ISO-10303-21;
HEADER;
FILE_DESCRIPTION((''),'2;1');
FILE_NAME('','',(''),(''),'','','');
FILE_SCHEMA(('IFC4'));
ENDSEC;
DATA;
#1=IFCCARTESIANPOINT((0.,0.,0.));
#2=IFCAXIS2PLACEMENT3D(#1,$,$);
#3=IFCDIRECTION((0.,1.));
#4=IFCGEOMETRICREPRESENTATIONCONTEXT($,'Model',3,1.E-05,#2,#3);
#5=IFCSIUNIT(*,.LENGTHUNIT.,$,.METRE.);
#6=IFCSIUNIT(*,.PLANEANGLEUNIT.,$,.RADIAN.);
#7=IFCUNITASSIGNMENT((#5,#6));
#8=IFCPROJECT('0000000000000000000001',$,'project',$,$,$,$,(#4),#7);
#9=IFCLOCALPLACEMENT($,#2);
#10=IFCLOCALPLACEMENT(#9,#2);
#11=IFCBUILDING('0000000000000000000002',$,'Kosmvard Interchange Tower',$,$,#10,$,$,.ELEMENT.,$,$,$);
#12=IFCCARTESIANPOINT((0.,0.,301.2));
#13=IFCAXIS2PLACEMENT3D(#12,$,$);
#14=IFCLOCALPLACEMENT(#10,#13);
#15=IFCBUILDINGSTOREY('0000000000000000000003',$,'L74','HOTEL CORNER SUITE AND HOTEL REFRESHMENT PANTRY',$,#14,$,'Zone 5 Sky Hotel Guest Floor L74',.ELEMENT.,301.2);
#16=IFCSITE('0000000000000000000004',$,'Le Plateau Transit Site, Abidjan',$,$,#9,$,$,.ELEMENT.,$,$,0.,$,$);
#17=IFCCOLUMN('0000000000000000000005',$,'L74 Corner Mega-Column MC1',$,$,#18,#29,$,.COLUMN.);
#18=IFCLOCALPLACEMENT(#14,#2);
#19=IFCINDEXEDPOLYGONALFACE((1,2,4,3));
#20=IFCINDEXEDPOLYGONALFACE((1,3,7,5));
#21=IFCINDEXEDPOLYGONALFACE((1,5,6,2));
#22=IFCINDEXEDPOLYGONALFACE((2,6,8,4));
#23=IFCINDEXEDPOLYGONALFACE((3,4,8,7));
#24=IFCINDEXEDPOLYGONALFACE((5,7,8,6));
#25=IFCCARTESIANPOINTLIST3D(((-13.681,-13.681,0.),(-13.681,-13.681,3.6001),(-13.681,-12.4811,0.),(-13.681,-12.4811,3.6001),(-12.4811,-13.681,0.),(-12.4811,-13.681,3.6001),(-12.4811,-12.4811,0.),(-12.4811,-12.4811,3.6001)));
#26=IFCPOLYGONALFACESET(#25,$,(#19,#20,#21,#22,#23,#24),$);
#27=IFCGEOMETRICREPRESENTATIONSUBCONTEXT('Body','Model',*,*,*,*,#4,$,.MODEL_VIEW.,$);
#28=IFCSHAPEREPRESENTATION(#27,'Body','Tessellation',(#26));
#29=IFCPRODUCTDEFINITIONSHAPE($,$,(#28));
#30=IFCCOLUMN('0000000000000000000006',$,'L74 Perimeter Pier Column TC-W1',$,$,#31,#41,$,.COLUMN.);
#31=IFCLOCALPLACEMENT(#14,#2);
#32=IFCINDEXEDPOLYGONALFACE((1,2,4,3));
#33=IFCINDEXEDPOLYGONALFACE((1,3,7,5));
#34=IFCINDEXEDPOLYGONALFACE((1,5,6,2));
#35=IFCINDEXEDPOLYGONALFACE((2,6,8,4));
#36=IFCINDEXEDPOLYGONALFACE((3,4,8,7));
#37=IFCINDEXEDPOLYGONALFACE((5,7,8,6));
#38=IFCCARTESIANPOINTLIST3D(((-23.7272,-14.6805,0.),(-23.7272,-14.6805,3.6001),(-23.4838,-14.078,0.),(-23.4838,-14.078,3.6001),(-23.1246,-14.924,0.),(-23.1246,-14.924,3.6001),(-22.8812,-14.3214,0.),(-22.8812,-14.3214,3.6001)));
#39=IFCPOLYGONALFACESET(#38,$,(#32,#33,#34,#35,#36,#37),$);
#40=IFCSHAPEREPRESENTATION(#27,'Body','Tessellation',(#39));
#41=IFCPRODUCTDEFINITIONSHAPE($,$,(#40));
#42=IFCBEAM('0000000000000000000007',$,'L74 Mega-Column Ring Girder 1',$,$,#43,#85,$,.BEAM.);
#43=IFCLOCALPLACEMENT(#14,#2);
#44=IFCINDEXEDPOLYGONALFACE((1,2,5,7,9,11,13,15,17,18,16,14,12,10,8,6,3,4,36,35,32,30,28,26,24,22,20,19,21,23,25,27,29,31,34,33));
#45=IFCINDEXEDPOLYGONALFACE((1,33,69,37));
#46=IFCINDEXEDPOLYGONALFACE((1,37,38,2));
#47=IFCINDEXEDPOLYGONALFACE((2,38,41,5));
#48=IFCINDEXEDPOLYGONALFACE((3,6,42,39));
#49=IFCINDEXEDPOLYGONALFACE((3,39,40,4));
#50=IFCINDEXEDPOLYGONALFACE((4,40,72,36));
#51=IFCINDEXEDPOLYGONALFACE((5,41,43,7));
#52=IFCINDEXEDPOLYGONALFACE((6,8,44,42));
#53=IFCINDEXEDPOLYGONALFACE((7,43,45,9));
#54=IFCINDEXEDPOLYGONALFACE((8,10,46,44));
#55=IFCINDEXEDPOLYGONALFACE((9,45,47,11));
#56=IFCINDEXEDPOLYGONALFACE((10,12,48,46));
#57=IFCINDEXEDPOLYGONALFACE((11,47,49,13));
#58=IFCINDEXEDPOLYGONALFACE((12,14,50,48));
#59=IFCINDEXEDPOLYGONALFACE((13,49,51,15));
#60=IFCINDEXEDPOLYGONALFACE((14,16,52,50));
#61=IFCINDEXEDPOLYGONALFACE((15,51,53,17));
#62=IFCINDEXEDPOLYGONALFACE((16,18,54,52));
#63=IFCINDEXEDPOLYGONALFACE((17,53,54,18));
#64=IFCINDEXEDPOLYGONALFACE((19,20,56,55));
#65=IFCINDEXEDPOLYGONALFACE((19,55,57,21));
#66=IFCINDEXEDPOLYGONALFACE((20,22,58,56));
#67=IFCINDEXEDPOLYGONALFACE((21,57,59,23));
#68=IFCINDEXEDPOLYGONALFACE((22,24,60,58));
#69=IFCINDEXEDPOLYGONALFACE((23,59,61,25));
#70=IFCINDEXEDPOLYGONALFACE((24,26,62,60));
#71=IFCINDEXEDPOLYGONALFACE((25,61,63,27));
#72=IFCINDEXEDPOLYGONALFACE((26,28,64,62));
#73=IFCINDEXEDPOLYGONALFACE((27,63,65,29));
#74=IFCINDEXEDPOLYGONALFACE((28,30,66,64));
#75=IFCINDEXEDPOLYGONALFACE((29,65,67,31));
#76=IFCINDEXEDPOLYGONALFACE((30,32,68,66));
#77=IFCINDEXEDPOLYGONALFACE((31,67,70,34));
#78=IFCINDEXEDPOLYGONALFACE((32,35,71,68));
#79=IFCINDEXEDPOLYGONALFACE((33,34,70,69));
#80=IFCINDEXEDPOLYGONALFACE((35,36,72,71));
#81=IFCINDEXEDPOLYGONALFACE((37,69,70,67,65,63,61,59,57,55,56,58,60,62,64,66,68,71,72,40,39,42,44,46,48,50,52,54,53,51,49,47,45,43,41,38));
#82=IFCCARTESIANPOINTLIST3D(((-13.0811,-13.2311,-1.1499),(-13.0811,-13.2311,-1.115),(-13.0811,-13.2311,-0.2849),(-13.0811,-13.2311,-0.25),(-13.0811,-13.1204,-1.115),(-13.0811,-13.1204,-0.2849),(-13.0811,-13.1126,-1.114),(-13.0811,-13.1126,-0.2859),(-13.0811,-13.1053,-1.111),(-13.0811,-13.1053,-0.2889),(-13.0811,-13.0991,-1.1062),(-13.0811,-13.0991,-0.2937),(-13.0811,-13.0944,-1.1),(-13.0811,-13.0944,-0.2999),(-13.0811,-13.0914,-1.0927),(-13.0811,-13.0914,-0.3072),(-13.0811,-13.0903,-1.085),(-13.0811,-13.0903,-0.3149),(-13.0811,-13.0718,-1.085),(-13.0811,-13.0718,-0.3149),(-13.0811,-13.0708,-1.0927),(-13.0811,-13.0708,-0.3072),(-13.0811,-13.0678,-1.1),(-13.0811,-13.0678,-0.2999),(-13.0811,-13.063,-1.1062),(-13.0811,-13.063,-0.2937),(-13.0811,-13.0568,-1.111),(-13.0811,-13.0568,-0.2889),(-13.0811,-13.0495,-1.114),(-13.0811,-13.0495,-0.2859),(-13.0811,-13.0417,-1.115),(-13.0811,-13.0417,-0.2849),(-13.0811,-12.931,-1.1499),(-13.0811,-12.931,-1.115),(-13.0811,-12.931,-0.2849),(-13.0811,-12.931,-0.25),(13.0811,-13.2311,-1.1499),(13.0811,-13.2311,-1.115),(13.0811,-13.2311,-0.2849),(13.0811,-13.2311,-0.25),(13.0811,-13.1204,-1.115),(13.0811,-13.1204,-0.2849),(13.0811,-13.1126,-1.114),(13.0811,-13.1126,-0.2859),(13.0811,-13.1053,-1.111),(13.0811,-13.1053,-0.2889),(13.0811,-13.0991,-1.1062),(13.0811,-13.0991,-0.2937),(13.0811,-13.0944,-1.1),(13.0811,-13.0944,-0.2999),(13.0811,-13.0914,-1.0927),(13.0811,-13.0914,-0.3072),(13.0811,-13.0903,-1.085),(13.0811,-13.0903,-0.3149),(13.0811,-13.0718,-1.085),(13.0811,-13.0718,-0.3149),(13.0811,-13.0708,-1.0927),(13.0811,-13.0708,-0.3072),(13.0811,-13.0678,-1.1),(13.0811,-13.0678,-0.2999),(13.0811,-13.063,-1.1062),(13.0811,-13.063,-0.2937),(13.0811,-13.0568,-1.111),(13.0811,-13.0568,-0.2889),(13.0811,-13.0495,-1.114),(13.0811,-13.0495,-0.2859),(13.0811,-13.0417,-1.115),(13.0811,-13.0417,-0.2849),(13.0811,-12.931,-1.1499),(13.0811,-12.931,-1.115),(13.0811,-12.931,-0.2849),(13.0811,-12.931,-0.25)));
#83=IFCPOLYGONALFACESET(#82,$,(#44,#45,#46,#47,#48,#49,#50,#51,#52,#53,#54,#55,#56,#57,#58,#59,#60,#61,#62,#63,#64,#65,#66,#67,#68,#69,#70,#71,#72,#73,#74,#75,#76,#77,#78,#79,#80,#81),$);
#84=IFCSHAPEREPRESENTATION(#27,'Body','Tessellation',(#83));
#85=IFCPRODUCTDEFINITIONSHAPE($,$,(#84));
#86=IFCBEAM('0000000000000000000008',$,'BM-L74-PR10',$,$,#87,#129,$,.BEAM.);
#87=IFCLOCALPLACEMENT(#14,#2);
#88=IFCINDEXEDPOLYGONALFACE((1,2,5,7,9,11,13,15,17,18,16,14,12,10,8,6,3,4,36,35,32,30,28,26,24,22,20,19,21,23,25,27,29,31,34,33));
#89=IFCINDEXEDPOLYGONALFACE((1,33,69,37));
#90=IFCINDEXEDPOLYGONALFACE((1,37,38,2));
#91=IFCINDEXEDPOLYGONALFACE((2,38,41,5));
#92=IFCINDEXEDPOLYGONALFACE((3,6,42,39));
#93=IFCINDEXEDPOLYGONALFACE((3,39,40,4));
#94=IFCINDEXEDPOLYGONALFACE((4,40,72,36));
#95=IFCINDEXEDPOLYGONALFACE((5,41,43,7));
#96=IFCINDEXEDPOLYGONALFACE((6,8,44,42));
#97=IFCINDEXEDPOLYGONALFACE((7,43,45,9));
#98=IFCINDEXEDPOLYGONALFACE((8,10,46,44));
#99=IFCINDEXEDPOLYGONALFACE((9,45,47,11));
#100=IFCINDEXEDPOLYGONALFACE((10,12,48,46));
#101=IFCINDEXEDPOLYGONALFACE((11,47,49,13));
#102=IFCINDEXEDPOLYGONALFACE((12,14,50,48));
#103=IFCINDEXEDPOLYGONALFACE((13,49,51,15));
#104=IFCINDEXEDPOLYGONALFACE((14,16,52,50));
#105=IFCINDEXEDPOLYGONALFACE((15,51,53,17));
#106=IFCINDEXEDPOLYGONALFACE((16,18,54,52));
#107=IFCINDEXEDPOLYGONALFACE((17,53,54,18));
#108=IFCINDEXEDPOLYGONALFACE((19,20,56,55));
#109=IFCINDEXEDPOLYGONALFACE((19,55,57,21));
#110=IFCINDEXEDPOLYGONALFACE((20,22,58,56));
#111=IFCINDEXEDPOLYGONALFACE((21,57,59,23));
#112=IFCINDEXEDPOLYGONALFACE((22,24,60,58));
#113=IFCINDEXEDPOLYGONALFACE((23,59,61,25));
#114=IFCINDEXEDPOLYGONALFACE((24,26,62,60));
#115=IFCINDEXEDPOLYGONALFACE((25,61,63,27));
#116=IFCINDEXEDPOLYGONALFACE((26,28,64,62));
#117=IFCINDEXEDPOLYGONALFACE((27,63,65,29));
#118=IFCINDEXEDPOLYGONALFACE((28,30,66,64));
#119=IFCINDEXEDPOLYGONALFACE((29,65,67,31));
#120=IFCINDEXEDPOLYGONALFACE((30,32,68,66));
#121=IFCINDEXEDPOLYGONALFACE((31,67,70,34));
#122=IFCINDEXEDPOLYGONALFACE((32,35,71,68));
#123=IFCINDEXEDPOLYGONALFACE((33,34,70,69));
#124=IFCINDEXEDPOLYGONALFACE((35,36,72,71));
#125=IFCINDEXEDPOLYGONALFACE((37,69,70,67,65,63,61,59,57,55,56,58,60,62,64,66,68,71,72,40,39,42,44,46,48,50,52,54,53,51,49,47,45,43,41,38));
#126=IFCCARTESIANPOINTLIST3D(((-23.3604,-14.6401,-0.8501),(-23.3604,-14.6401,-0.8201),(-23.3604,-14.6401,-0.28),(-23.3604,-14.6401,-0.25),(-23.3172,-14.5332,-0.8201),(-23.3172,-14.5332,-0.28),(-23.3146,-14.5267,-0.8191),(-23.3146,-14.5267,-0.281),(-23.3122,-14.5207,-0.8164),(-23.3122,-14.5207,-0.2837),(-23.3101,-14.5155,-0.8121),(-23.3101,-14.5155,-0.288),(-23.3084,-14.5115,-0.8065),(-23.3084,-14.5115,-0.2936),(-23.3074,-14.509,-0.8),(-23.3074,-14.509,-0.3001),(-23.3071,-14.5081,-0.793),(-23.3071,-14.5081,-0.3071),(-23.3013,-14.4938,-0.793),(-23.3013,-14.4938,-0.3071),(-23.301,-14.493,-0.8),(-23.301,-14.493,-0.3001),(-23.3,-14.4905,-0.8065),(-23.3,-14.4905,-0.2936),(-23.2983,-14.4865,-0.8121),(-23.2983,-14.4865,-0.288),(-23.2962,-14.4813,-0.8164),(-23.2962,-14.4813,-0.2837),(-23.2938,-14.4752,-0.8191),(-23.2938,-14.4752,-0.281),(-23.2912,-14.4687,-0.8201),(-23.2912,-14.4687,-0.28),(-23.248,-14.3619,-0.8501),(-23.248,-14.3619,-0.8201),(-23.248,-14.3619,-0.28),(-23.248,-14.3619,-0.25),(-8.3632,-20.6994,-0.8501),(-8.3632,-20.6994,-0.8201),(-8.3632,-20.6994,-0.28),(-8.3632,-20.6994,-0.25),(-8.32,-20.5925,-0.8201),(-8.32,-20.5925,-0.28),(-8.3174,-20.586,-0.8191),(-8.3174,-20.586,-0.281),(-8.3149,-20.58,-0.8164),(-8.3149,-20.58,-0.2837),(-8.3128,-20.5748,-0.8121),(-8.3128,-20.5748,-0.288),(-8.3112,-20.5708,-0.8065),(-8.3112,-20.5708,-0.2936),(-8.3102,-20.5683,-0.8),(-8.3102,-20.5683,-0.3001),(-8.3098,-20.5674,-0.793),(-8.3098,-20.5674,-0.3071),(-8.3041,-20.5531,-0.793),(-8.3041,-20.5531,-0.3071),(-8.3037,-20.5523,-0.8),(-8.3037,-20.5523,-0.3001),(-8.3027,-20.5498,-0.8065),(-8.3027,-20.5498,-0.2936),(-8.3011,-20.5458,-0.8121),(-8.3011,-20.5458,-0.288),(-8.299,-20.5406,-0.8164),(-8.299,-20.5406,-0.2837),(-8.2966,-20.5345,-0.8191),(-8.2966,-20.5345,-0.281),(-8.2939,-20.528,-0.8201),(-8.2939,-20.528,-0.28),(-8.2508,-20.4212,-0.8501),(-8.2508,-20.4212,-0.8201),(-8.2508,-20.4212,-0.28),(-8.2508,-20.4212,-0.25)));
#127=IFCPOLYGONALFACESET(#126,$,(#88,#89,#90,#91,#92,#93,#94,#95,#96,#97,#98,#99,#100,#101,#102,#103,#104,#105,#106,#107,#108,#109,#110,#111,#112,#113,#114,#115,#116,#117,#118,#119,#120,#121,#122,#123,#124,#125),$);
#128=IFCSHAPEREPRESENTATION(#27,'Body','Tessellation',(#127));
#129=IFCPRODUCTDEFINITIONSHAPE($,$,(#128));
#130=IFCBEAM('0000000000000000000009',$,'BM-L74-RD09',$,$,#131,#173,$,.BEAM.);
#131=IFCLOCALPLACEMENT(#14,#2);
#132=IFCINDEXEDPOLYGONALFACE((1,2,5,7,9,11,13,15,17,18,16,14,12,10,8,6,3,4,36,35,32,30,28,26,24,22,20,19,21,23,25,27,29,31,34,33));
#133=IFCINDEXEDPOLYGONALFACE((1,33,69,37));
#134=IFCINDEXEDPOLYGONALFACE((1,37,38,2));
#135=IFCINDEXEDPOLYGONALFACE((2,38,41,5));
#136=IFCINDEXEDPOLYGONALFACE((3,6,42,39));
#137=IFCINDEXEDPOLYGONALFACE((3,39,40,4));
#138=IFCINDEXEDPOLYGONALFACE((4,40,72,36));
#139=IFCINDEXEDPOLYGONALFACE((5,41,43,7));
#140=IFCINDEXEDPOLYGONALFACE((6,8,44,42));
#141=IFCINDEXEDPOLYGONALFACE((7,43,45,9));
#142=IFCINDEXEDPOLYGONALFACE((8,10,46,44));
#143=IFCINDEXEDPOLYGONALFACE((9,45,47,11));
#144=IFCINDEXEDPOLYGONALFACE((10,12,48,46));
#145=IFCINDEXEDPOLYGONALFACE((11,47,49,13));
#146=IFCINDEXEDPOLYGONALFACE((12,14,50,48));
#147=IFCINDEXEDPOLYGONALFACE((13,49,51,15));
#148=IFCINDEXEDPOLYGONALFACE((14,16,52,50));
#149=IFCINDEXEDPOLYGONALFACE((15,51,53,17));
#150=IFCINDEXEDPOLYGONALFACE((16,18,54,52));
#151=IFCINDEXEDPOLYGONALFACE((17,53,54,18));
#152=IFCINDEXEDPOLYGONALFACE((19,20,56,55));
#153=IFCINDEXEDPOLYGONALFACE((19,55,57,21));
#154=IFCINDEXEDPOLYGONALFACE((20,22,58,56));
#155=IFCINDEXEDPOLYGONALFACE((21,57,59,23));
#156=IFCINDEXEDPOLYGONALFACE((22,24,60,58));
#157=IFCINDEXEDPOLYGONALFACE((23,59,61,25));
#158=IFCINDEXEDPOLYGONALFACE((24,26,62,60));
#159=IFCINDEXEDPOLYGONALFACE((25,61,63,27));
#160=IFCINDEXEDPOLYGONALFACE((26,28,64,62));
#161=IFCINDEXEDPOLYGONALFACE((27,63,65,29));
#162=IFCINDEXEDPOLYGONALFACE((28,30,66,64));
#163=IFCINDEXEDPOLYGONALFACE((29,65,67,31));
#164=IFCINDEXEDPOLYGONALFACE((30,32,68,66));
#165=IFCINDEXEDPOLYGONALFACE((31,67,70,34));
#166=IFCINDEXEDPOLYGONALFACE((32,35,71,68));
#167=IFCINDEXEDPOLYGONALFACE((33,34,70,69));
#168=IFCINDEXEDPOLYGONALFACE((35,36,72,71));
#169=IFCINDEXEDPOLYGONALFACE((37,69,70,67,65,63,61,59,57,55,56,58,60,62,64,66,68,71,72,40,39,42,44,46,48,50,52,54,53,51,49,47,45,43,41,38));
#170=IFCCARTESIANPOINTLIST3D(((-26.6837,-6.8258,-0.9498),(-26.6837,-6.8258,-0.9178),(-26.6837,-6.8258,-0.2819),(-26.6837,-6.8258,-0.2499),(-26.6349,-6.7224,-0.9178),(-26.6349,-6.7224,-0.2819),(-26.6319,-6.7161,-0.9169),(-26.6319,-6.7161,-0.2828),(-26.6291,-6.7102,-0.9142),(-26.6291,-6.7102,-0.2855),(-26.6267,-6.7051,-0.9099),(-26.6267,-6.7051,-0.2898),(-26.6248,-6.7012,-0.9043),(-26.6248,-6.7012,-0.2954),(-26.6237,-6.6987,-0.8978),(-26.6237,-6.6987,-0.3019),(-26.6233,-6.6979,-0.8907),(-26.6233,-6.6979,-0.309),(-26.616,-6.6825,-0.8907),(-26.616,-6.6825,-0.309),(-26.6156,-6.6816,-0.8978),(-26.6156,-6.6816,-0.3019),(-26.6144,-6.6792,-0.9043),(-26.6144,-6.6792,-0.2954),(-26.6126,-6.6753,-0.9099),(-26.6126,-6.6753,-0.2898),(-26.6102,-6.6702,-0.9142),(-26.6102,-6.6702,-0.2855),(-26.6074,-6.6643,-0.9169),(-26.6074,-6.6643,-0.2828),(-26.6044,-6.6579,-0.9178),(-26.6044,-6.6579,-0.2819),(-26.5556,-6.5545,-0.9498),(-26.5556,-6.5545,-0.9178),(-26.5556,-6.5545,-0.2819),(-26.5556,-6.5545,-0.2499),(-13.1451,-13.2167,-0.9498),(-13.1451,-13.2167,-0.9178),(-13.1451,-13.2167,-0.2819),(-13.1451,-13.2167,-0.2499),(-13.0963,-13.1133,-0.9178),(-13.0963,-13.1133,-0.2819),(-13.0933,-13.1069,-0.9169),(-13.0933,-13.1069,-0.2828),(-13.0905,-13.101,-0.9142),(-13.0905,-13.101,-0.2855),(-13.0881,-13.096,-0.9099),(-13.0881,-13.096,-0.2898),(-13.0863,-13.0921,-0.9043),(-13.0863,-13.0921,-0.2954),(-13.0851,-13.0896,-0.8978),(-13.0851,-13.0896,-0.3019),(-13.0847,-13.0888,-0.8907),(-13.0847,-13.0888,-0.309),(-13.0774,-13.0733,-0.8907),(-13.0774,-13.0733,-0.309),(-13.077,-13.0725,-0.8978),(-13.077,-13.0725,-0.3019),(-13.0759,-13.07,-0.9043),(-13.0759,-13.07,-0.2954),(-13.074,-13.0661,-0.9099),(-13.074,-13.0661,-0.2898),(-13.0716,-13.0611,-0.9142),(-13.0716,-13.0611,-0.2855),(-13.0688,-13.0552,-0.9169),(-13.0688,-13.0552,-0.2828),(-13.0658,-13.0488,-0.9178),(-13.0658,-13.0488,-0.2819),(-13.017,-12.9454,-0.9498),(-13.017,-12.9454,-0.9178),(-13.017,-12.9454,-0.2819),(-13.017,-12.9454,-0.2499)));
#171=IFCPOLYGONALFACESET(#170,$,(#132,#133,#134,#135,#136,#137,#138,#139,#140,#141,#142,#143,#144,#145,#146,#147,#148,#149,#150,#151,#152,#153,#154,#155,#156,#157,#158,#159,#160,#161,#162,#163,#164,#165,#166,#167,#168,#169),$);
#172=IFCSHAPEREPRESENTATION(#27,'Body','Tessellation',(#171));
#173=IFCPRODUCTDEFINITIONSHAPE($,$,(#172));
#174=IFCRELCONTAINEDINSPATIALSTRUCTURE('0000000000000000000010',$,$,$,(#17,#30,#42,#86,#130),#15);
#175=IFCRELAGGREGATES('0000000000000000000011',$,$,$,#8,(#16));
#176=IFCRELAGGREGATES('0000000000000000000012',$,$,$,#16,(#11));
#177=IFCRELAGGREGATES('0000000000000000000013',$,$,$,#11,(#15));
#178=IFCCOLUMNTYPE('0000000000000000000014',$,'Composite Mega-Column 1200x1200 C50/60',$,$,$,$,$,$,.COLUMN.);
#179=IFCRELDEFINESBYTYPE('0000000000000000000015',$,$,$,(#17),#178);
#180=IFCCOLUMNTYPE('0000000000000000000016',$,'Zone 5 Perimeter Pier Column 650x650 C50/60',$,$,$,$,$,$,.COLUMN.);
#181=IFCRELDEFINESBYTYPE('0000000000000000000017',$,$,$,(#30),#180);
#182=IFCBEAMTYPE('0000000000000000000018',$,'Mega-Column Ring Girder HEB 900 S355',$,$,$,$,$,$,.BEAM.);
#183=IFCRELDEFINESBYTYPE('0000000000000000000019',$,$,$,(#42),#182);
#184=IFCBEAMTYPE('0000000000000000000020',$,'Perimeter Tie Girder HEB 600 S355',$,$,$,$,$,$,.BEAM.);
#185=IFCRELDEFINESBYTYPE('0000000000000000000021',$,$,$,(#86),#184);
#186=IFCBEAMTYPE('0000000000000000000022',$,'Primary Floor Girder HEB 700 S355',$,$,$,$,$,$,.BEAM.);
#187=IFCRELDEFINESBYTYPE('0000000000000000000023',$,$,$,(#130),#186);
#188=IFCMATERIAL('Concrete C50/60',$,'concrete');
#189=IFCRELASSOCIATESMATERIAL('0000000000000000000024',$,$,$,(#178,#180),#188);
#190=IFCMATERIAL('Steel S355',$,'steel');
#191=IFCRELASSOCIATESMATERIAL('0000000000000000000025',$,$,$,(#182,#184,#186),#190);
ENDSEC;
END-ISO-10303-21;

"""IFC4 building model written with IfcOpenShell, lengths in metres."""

from ifc_helpers import new_model, si_unit, direction, frame, origin, origin_2d, place, context, subcontext, project, spatial, rectangle, i_section, extrude, source, transform, mapped, material, material_profile, profile_set, type_object, element, save


model = new_model("IFC4")

# Units and contexts
model_context = context("Model", 3, precision=1e-05, world=origin(), true_north=direction((0.0, 1.0)))
body_context = subcontext(model_context, "Body", "Model", "MODEL_VIEW")
ifc_project = project(units=[si_unit("LENGTHUNIT", "METRE"), si_unit("PLANEANGLEUNIT", "RADIAN")], contexts=[model_context])

# Site, building, storey
site_placement = place(None, origin())
site = spatial("IfcSite", under=ifc_project, at=site_placement, Name="Le Plateau Transit Site, Abidjan", CompositionType="ELEMENT", RefElevation=0.0)
building_placement = place(site_placement, origin())
building = spatial("IfcBuilding", under=site, at=building_placement, Name="Kosmvard Interchange Tower", CompositionType="ELEMENT")
storey_placement = place(building_placement, frame((0.0, 0.0, 301.2)))
storey = spatial("IfcBuildingStorey", under=building, at=storey_placement, Name="L74", Description="HOTEL CORNER SUITE AND HOTEL REFRESHMENT PANTRY", LongName="Zone 5 Sky Hotel Guest Floor L74", CompositionType="ELEMENT", Elevation=301.2)

# Columns
ifc_material_1 = material(Name="Concrete C50/60", Category="concrete")
ifc_material_profile_1 = material_profile(ifc_material_1, rectangle(XDim=1.2, YDim=1.2, at=origin_2d()), Name="MC 1200x1200")
ifc_profile_set_1 = profile_set([ifc_material_profile_1], Name="Concrete C50/60")
column_type_1 = type_object("IfcColumnType", Name="Composite Mega-Column 1200x1200 C50/60", PredefinedType="COLUMN", material=ifc_profile_set_1)
shared_shape_1 = source(origin(), body_context, "Body", "SweptSolid", [
    extrude(rectangle(XDim=1.2, YDim=1.2, at=origin_2d()), origin(), (0.0, 0.0, 1.0), 3.6001),
])
column_1_placement = place(storey_placement, frame((-13.0811, -13.0811, 0.0), z_axis=(0.0, 0.0, 1.0), x_axis=(1.0, 0.0, 0.0)))
element("IfcColumn", 1, at=column_1_placement, inside=storey, type_object=column_type_1, Name="L74 Corner Mega-Column MC1", PredefinedType="COLUMN", context=body_context, shape_type="MappedRepresentation", body=[
    mapped(shared_shape_1, transform((0.0, 0.0, 0.0), scale=1.0)),
])
ifc_material_profile_2 = material_profile(ifc_material_1, rectangle(XDim=0.6499, YDim=0.6499, at=origin_2d()), Name="TC 650x650")
ifc_profile_set_2 = profile_set([ifc_material_profile_2], Name="Concrete C50/60")
column_type_2 = type_object("IfcColumnType", Name="Zone 5 Perimeter Pier Column 650x650 C50/60", PredefinedType="COLUMN", material=ifc_profile_set_2)
shared_shape_2 = source(origin(), body_context, "Body", "SweptSolid", [
    extrude(rectangle(XDim=0.6499, YDim=0.6499, at=origin_2d()), origin(), (0.0, 0.0, 1.0), 3.6001),
])
column_2_placement = place(storey_placement, frame((-23.3042, -14.501, 0.0), z_axis=(0.0, 0.0, 1.0), x_axis=(0.374607, 0.927184, 0.0)))
element("IfcColumn", 2, at=column_2_placement, inside=storey, type_object=column_type_2, Name="L74 Perimeter Pier Column TC-W1", PredefinedType="COLUMN", context=body_context, shape_type="MappedRepresentation", body=[
    mapped(shared_shape_2, transform((0.0, 0.0, 0.0), scale=1.0)),
])

# Beams
ifc_material_2 = material(Name="Steel S355", Category="steel")
ifc_material_profile_3 = material_profile(ifc_material_2, i_section(OverallWidth=0.3, OverallDepth=0.8999, WebThickness=0.0186, FlangeThickness=0.0349, FilletRadius=0.03, at=origin_2d()), Name="HEB 900")
ifc_profile_set_3 = profile_set([ifc_material_profile_3], Name="Steel S355")
beam_type_1 = type_object("IfcBeamType", Name="Mega-Column Ring Girder HEB 900 S355", PredefinedType="BEAM", material=ifc_profile_set_3)
shared_shape_3 = source(origin(), body_context, "Body", "SweptSolid", [
    extrude(i_section(OverallWidth=0.3, OverallDepth=0.8999, WebThickness=0.0186, FlangeThickness=0.0349, FilletRadius=0.03, at=origin_2d()), origin(), (0.0, 0.0, 1.0), 26.1621),
])
beam_1_placement = place(storey_placement, frame((-13.0811, -13.0811, -0.7), z_axis=(1.0, 0.0, 0.0), x_axis=(0.0, 1.0, 0.0)))
element("IfcBeam", 3, at=beam_1_placement, inside=storey, type_object=beam_type_1, Name="L74 Mega-Column Ring Girder 1", PredefinedType="BEAM", context=body_context, shape_type="MappedRepresentation", body=[
    mapped(shared_shape_3, transform((0.0, 0.0, 0.0), scale=1.0)),
])
ifc_material_profile_4 = material_profile(ifc_material_2, i_section(OverallWidth=0.3, OverallDepth=0.6001, WebThickness=0.0154, FlangeThickness=0.03, FilletRadius=0.0271, at=origin_2d()), Name="HEB 600")
ifc_profile_set_4 = profile_set([ifc_material_profile_4], Name="Steel S355")
beam_type_2 = type_object("IfcBeamType", Name="Perimeter Tie Girder HEB 600 S355", PredefinedType="BEAM", material=ifc_profile_set_4)
shared_shape_4 = source(origin(), body_context, "Body", "SweptSolid", [
    extrude(i_section(OverallWidth=0.3, OverallDepth=0.6001, WebThickness=0.0154, FlangeThickness=0.03, FilletRadius=0.0271, at=origin_2d()), origin(), (0.0, 0.0, 1.0), 16.175),
])
beam_2_placement = place(storey_placement, frame((-23.3042, -14.501, -0.55), z_axis=(0.927183, -0.374608, 0.0), x_axis=(0.374608, 0.927183, 0.0)))
element("IfcBeam", 4, at=beam_2_placement, inside=storey, type_object=beam_type_2, Name="BM-L74-PR10", PredefinedType="BEAM", context=body_context, shape_type="MappedRepresentation", body=[
    mapped(shared_shape_4, transform((0.0, 0.0, 0.0), scale=1.0)),
])
ifc_material_profile_5 = material_profile(ifc_material_2, i_section(OverallWidth=0.3, OverallDepth=0.7, WebThickness=0.0171, FlangeThickness=0.032, FilletRadius=0.0271, at=origin_2d()), Name="HEB 700")
ifc_profile_set_5 = profile_set([ifc_material_profile_5], Name="Steel S355")
beam_type_3 = type_object("IfcBeamType", Name="Primary Floor Girder HEB 700 S355", PredefinedType="BEAM", material=ifc_profile_set_5)
shared_shape_5 = source(origin(), body_context, "Body", "SweptSolid", [
    extrude(i_section(OverallWidth=0.3, OverallDepth=0.7, WebThickness=0.0171, FlangeThickness=0.032, FilletRadius=0.0271, at=origin_2d()), origin(), (0.0, 0.0, 1.0), 14.9712),
])
beam_3_placement = place(storey_placement, frame((-13.0811, -13.0811, -0.5999), z_axis=(-0.904309, 0.426878, 0.0), x_axis=(-0.426878, -0.904309, 0.0)))
element("IfcBeam", 5, at=beam_3_placement, inside=storey, type_object=beam_type_3, Name="BM-L74-RD09", PredefinedType="BEAM", context=body_context, shape_type="MappedRepresentation", body=[
    mapped(shared_shape_5, transform((0.0, 0.0, 0.0), scale=1.0)),
])

save(model, "model.ifc")
